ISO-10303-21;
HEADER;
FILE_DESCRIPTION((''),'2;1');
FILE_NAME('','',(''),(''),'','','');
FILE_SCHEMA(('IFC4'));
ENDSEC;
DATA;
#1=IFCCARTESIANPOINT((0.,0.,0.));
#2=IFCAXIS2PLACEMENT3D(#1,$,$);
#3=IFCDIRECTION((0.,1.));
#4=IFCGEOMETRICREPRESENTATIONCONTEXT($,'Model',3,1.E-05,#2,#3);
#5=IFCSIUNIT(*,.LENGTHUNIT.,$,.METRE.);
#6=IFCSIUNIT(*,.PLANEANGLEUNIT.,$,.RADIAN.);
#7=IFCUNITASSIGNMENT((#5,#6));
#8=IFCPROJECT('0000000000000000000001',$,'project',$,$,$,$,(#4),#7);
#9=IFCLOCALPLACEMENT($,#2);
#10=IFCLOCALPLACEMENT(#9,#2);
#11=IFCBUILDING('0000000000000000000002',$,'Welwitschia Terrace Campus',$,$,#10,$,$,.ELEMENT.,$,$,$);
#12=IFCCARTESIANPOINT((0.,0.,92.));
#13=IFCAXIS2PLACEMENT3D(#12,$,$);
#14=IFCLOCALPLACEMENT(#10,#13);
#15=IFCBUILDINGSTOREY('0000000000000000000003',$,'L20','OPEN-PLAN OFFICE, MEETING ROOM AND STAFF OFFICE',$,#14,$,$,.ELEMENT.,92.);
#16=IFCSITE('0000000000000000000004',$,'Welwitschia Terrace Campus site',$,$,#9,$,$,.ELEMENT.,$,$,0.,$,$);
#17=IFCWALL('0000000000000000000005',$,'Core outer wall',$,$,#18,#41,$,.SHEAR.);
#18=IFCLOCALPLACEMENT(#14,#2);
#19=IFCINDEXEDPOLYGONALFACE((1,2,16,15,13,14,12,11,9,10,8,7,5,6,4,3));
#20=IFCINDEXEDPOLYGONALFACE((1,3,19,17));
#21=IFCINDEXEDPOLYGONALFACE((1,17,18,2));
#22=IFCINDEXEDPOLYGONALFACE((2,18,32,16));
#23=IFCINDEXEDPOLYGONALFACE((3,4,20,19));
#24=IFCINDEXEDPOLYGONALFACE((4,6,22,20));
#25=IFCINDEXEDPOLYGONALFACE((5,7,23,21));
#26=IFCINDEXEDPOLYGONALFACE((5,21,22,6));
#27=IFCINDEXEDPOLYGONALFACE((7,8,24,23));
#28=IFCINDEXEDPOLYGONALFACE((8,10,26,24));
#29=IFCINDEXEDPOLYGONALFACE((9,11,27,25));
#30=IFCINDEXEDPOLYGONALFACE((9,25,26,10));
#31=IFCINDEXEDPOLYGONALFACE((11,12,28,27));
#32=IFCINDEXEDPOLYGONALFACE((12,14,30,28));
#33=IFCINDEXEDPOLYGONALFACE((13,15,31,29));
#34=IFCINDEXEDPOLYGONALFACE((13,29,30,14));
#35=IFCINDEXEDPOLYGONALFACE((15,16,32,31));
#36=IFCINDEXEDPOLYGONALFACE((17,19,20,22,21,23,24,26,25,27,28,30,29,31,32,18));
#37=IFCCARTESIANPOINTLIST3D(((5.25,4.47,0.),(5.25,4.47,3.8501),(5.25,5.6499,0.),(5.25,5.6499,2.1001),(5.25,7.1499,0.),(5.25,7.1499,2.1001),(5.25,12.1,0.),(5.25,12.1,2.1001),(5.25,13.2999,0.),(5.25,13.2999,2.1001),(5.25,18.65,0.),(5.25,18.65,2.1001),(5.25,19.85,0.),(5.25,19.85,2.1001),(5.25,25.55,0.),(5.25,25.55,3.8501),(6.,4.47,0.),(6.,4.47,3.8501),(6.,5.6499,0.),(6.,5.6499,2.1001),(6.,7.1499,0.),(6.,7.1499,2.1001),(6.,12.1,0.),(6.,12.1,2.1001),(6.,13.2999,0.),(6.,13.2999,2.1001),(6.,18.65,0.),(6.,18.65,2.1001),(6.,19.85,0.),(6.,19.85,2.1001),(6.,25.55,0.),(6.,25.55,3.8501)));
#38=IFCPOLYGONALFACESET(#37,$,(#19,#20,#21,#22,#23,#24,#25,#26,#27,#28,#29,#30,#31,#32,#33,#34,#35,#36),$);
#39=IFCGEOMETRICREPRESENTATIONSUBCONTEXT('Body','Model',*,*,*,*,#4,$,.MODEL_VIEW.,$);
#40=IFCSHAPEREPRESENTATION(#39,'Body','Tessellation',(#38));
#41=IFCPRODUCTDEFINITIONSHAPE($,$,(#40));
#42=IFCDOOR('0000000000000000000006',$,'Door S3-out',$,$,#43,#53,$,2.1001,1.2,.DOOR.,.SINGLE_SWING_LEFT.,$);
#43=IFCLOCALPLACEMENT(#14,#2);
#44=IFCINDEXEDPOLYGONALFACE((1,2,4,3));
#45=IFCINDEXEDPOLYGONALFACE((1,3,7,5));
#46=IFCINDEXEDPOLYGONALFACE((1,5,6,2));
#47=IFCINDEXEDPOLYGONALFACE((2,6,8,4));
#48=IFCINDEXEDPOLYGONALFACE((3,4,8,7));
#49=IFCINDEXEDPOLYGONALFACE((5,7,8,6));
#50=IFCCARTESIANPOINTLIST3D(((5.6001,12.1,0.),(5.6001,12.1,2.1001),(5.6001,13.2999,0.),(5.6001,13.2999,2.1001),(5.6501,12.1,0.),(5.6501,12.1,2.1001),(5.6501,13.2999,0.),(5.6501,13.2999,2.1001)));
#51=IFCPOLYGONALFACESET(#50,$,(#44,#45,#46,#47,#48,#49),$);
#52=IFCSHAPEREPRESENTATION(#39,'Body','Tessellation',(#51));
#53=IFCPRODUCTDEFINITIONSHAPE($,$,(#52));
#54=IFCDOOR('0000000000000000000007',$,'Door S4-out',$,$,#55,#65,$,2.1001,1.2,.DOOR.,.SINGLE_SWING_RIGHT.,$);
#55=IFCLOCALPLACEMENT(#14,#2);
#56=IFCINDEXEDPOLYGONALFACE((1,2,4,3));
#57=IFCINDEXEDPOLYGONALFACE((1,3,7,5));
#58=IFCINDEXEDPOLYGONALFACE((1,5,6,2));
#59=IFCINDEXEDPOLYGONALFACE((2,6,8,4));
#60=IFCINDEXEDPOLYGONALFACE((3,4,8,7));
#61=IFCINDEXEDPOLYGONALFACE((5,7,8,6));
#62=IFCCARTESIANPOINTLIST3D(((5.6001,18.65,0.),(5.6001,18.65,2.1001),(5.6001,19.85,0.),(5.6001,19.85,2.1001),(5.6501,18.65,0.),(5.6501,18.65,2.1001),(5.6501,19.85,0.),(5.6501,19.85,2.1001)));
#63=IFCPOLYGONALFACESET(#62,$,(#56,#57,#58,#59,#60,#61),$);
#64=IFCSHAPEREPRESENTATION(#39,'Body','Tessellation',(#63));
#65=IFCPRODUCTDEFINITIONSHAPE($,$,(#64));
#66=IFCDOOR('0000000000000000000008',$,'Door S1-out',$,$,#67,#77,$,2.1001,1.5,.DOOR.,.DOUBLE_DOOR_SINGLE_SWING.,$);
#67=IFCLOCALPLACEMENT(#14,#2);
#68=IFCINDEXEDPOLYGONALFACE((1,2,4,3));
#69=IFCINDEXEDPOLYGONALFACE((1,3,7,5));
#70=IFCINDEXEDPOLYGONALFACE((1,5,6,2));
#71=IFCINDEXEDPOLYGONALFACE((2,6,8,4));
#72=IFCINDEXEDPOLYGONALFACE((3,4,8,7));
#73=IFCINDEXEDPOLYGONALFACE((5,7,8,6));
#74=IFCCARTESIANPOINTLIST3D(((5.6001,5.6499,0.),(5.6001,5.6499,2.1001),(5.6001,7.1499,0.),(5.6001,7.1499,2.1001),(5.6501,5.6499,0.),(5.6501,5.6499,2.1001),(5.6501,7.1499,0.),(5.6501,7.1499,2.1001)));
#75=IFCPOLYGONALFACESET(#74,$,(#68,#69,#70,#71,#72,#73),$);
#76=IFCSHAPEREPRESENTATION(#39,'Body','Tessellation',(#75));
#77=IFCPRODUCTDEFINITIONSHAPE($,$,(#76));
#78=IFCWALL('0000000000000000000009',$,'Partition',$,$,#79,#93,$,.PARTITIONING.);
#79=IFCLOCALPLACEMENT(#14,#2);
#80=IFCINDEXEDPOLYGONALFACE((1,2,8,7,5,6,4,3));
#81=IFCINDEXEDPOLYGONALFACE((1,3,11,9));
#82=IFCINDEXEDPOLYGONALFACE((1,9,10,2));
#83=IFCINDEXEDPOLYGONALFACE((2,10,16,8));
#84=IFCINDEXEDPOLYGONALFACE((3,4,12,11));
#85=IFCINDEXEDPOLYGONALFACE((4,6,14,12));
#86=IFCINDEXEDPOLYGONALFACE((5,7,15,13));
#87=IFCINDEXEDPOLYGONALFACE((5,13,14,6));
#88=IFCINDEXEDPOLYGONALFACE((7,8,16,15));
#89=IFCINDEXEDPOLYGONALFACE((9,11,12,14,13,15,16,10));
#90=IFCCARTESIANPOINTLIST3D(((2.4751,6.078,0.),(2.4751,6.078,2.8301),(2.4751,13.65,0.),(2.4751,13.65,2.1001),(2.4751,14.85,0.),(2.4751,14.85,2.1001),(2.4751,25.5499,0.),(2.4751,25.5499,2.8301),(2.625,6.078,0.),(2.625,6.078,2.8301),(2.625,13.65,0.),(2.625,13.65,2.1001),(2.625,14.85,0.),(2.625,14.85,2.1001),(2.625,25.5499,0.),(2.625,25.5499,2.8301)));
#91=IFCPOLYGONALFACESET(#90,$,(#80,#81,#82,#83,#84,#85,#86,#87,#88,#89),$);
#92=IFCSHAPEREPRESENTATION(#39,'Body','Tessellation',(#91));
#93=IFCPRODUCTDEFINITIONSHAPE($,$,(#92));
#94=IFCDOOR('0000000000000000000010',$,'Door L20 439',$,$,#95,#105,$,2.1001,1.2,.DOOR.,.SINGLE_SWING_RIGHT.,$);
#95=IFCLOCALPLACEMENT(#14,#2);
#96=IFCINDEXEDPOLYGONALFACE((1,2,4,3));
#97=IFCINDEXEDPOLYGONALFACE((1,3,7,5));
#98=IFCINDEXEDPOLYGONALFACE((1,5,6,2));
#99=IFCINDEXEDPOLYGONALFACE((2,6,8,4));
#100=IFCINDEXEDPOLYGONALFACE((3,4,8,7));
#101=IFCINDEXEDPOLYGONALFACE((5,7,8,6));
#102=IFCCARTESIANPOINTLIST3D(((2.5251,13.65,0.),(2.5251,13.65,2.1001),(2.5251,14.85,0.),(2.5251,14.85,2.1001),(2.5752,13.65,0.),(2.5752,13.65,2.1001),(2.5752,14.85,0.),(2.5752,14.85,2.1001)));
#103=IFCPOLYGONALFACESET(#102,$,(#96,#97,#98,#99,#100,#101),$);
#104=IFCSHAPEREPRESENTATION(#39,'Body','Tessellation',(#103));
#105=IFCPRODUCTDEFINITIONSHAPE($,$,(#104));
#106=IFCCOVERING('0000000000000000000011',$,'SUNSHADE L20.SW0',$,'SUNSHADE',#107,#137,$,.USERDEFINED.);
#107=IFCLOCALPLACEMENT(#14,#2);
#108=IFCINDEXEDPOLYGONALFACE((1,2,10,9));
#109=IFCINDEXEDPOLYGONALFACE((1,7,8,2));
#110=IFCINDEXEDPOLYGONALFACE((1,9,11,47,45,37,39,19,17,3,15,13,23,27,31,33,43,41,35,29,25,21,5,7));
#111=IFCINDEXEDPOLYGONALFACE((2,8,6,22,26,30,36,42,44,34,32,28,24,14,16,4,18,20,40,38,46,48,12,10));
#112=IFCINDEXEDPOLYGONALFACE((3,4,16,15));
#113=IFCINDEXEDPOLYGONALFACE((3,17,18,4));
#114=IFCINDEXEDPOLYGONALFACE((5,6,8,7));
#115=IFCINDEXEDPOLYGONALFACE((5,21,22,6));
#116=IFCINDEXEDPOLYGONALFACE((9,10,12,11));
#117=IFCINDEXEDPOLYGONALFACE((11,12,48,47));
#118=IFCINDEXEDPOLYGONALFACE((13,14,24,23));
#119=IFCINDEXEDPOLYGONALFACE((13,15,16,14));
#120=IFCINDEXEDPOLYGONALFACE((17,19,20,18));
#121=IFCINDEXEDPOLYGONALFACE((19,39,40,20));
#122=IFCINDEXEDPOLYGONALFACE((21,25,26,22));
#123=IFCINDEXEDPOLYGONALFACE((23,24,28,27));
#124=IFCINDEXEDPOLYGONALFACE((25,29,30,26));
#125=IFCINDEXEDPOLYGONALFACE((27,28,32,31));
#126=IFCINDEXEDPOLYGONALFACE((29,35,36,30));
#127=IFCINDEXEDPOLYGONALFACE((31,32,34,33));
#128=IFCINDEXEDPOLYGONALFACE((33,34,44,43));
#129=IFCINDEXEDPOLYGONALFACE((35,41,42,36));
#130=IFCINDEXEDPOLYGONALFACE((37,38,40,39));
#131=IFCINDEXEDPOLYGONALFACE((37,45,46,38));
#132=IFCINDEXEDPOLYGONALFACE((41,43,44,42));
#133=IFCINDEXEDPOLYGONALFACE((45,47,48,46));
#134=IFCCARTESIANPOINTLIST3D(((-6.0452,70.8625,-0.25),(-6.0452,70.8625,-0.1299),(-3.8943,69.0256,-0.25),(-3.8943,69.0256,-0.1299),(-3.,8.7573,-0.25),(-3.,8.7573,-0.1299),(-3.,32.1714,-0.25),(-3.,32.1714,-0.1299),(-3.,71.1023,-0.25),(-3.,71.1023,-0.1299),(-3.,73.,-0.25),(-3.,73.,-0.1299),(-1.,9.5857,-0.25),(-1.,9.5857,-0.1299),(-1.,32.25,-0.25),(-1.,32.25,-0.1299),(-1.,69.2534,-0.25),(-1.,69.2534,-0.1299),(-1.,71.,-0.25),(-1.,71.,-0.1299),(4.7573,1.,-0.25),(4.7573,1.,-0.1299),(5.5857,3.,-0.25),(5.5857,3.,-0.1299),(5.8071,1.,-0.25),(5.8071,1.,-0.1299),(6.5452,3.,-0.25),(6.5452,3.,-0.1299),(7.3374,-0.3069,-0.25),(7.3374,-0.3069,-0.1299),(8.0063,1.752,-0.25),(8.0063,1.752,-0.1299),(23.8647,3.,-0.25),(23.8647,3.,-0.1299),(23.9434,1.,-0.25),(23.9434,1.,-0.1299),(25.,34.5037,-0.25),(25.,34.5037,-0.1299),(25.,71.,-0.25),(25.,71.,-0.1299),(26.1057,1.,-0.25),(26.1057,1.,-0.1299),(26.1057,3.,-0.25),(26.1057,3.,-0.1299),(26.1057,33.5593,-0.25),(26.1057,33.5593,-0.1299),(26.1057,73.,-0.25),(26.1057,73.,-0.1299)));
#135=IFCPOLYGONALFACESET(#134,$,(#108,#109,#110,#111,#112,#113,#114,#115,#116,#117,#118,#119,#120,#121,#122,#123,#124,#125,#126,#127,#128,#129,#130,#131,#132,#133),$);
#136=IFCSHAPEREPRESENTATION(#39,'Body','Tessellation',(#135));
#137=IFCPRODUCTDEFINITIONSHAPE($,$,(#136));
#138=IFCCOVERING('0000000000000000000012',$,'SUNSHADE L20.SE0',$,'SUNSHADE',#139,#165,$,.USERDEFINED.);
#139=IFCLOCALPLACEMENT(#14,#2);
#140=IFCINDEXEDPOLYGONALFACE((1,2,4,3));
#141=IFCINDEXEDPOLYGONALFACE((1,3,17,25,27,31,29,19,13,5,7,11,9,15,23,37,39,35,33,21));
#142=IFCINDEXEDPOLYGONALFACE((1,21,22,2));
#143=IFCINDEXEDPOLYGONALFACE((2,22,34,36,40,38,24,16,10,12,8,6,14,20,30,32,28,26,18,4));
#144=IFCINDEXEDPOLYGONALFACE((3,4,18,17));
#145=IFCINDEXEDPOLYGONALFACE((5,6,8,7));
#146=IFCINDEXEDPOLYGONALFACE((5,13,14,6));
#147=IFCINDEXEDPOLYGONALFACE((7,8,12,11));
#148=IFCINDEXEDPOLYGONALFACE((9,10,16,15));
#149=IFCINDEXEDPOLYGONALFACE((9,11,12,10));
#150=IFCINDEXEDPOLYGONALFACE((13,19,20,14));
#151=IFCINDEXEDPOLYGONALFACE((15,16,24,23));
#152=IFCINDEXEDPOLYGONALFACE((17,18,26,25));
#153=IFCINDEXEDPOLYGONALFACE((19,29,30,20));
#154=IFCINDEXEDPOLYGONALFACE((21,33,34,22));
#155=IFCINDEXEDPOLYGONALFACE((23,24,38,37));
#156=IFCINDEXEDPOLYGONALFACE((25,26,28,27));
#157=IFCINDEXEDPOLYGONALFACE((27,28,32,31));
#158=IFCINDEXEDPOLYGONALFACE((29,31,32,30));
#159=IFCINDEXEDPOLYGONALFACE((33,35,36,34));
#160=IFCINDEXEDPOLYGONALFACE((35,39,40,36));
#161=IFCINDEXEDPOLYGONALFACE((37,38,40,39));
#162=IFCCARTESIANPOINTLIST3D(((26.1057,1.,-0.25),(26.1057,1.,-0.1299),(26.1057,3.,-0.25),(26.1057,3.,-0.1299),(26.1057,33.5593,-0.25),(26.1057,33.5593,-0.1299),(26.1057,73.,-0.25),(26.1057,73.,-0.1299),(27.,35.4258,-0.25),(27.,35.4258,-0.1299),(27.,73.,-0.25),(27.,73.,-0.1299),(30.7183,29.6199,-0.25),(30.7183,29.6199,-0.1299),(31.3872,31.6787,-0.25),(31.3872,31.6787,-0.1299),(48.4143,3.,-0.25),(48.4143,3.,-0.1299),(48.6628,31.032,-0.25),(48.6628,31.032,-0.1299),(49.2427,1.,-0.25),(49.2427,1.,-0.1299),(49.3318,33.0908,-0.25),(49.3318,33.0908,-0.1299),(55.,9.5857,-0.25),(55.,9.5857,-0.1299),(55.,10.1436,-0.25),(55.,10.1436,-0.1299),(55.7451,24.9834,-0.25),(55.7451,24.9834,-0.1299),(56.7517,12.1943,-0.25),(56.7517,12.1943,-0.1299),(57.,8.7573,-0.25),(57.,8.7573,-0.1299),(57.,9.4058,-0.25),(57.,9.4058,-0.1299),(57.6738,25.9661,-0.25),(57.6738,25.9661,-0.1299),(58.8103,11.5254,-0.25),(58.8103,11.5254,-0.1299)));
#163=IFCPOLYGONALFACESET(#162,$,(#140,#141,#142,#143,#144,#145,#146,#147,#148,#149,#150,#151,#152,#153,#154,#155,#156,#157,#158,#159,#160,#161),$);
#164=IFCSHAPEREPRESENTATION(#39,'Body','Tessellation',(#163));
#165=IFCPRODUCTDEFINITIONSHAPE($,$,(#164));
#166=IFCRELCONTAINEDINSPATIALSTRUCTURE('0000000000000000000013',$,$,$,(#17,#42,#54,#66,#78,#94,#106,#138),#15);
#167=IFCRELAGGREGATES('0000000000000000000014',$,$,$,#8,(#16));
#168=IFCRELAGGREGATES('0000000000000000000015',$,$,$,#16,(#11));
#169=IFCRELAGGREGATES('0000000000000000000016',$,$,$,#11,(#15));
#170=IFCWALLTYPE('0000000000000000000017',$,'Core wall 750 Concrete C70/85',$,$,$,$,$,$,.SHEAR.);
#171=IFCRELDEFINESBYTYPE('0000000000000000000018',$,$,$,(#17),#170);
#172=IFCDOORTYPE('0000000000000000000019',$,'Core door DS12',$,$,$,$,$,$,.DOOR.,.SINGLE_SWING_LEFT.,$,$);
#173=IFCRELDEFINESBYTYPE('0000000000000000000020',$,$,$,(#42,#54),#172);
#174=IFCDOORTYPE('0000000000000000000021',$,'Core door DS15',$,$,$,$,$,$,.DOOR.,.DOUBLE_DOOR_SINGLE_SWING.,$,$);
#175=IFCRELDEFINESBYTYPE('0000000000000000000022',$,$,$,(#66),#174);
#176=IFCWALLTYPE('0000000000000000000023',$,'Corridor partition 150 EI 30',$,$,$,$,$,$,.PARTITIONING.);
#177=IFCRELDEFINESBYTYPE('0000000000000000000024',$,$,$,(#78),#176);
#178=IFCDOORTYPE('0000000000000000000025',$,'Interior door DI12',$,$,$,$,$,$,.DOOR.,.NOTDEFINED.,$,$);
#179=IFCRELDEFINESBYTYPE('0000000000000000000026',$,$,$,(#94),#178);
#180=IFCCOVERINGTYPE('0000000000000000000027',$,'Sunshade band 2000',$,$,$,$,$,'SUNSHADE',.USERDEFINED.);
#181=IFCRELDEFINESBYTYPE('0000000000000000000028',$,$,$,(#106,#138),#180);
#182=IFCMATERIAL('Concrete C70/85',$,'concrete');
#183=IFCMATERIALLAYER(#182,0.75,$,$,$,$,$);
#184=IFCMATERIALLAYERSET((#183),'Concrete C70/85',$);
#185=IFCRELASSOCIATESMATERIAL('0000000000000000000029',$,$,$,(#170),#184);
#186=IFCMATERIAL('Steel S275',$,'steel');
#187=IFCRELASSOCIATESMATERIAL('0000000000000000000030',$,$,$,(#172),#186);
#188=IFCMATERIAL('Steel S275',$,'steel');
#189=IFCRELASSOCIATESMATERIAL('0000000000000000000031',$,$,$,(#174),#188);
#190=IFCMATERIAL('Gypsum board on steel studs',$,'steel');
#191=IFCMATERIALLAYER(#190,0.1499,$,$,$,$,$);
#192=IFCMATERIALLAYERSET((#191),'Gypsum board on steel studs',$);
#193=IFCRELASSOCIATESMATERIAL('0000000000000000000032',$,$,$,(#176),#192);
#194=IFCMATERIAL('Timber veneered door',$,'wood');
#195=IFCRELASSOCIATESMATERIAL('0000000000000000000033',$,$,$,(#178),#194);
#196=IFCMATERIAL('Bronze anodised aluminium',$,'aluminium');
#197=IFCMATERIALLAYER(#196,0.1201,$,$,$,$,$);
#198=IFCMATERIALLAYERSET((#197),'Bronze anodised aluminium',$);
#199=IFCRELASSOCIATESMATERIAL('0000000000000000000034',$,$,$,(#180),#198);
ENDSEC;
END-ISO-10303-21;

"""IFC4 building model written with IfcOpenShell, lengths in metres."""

from ifc_helpers import new_model, si_unit, direction, frame, frame_2d, origin, place, context, subcontext, project, spatial, polyline, rectangle, outline, extrude, material, layer, layer_set, type_object, element, fill, save


model = new_model("IFC4")

# Units and contexts
model_context = context("Model", 3, precision=1e-05, world=origin(), true_north=direction((0.0, 1.0)))
body_context = subcontext(model_context, "Body", "Model", "MODEL_VIEW")
ifc_project = project(units=[si_unit("LENGTHUNIT", "METRE"), si_unit("PLANEANGLEUNIT", "RADIAN")], contexts=[model_context])

# Site, building, storey
site_placement = place(None, origin())
site = spatial("IfcSite", under=ifc_project, at=site_placement, Name="Welwitschia Terrace Campus site", CompositionType="ELEMENT", RefElevation=0.0)
building_placement = place(site_placement, origin())
building = spatial("IfcBuilding", under=site, at=building_placement, Name="Welwitschia Terrace Campus", CompositionType="ELEMENT")
storey_placement = place(building_placement, frame((0.0, 0.0, 92.0)))
storey = spatial("IfcBuildingStorey", under=building, at=storey_placement, Name="L20", Description="OPEN-PLAN OFFICE, MEETING ROOM AND STAFF OFFICE", CompositionType="ELEMENT", Elevation=92.0)

# Wall, openings, doors
ifc_material_1 = material(Name="Concrete C70/85", Category="concrete")
ifc_layer_1 = layer(ifc_material_1, 0.75)
ifc_layer_set_1 = layer_set([ifc_layer_1], Name="Concrete C70/85")
wall_type_1 = type_object("IfcWallType", Name="Core wall 750 Concrete C70/85", PredefinedType="SHEAR", material=ifc_layer_set_1)
wall_1_placement = place(storey_placement, frame((5.625, 4.47, 0.0), z_axis=(0.0, 0.0, 1.0), x_axis=(0.0, 1.0, 0.0)))
wall_1 = element("IfcWall", 1, at=wall_1_placement, inside=storey, type_object=wall_type_1, Name="Core outer wall", PredefinedType="SHEAR", context=body_context, shape_type="SweptSolid", body=[
    extrude(rectangle(XDim=21.0801, YDim=0.75, at=frame_2d((10.54, 0.0))), origin(), (0.0, 0.0, 1.0), 3.8501),
])
opening_1_placement = place(wall_1_placement, frame((1.1799, 0.0, 0.0)))
opening_1 = element("IfcOpeningElement", 2, at=opening_1_placement, cuts=wall_1, PredefinedType="OPENING", context=body_context, shape_type="SweptSolid", body=[
    extrude(rectangle(XDim=1.5, YDim=2.1001, at=frame_2d((0.75, 1.05))), frame((0.0, 0.385, 0.0), z_axis=(0.0, -1.0, 0.0), x_axis=(1.0, 0.0, 0.0)), (0.0, 0.0, 1.0), 0.77),
])
opening_2_placement = place(wall_1_placement, frame((7.6299, 0.0, 0.0)))
opening_2 = element("IfcOpeningElement", 3, at=opening_2_placement, cuts=wall_1, PredefinedType="OPENING", context=body_context, shape_type="SweptSolid", body=[
    extrude(rectangle(XDim=1.2, YDim=2.1001, at=frame_2d((0.6001, 1.05))), frame((0.0, 0.385, 0.0), z_axis=(0.0, -1.0, 0.0), x_axis=(1.0, 0.0, 0.0)), (0.0, 0.0, 1.0), 0.77),
])
opening_3_placement = place(wall_1_placement, frame((14.1799, 0.0, 0.0)))
opening_3 = element("IfcOpeningElement", 4, at=opening_3_placement, cuts=wall_1, PredefinedType="OPENING", context=body_context, shape_type="SweptSolid", body=[
    extrude(rectangle(XDim=1.2, YDim=2.1001, at=frame_2d((0.6001, 1.05))), frame((0.0, 0.385, 0.0), z_axis=(0.0, -1.0, 0.0), x_axis=(1.0, 0.0, 0.0)), (0.0, 0.0, 1.0), 0.77),
])
ifc_material_2 = material(Name="Steel S275", Category="steel")
door_type_1 = type_object("IfcDoorType", Name="Core door DS12", OperationType="SINGLE_SWING_LEFT", PredefinedType="DOOR", material=ifc_material_2)
door_1_placement = place(opening_2_placement, origin())
door_1 = element("IfcDoor", 5, at=door_1_placement, inside=storey, type_object=door_type_1, Name="Door S3-out", OperationType="SINGLE_SWING_LEFT", OverallHeight=2.1001, OverallWidth=1.2, PredefinedType="DOOR", context=body_context, shape_type="SweptSolid", body=[
    extrude(rectangle(XDim=1.2, YDim=2.1001, at=frame_2d((0.6001, 1.05))), frame((0.0, 0.0249, 0.0), z_axis=(0.0, -1.0, 0.0), x_axis=(1.0, 0.0, 0.0)), (0.0, 0.0, 1.0), 0.05),
])
fill(opening_2, door_1)
door_2_placement = place(opening_3_placement, origin())
door_2 = element("IfcDoor", 6, at=door_2_placement, inside=storey, type_object=door_type_1, Name="Door S4-out", OperationType="SINGLE_SWING_RIGHT", OverallHeight=2.1001, OverallWidth=1.2, PredefinedType="DOOR", context=body_context, shape_type="SweptSolid", body=[
    extrude(rectangle(XDim=1.2, YDim=2.1001, at=frame_2d((0.6001, 1.05))), frame((0.0, 0.0249, 0.0), z_axis=(0.0, -1.0, 0.0), x_axis=(1.0, 0.0, 0.0)), (0.0, 0.0, 1.0), 0.05),
])
fill(opening_3, door_2)
ifc_material_3 = material(Name="Steel S275", Category="steel")
door_type_2 = type_object("IfcDoorType", Name="Core door DS15", OperationType="DOUBLE_DOOR_SINGLE_SWING", PredefinedType="DOOR", material=ifc_material_3)
door_3_placement = place(opening_1_placement, origin())
door_3 = element("IfcDoor", 7, at=door_3_placement, inside=storey, type_object=door_type_2, Name="Door S1-out", OperationType="DOUBLE_DOOR_SINGLE_SWING", OverallHeight=2.1001, OverallWidth=1.5, PredefinedType="DOOR", context=body_context, shape_type="SweptSolid", body=[
    extrude(rectangle(XDim=1.5, YDim=2.1001, at=frame_2d((0.75, 1.05))), frame((0.0, 0.0249, 0.0), z_axis=(0.0, -1.0, 0.0), x_axis=(1.0, 0.0, 0.0)), (0.0, 0.0, 1.0), 0.05),
])
fill(opening_1, door_3)

# Wall, opening, door
ifc_material_4 = material(Name="Gypsum board on steel studs", Category="steel")
ifc_layer_2 = layer(ifc_material_4, 0.1499)
ifc_layer_set_2 = layer_set([ifc_layer_2], Name="Gypsum board on steel studs")
wall_type_2 = type_object("IfcWallType", Name="Corridor partition 150 EI 30", PredefinedType="PARTITIONING", material=ifc_layer_set_2)
wall_2_placement = place(storey_placement, frame((2.55, 6.0781, 0.0), z_axis=(0.0, 0.0, 1.0), x_axis=(0.0, 1.0, 0.0)))
wall_2 = element("IfcWall", 8, at=wall_2_placement, inside=storey, type_object=wall_type_2, Name="Partition", PredefinedType="PARTITIONING", context=body_context, shape_type="SweptSolid", body=[
    extrude(rectangle(XDim=19.4719, YDim=0.1499, at=frame_2d((9.7358, 0.0))), origin(), (0.0, 0.0, 1.0), 2.8301),
])
opening_4_placement = place(wall_2_placement, frame((7.5718, 0.0, 0.0)))
opening_4 = element("IfcOpeningElement", 9, at=opening_4_placement, cuts=wall_2, PredefinedType="OPENING", context=body_context, shape_type="SweptSolid", body=[
    extrude(rectangle(XDim=1.2, YDim=2.1001, at=frame_2d((0.6001, 1.05))), frame((0.0, 0.085, 0.0), z_axis=(0.0, -1.0, 0.0), x_axis=(1.0, 0.0, 0.0)), (0.0, 0.0, 1.0), 0.1699),
])
ifc_material_5 = material(Name="Timber veneered door", Category="wood")
door_type_3 = type_object("IfcDoorType", Name="Interior door DI12", OperationType="NOTDEFINED", PredefinedType="DOOR", material=ifc_material_5)
door_4_placement = place(opening_4_placement, origin())
door_4 = element("IfcDoor", 10, at=door_4_placement, inside=storey, type_object=door_type_3, Name="Door L20 439", OperationType="SINGLE_SWING_RIGHT", OverallHeight=2.1001, OverallWidth=1.2, PredefinedType="DOOR", context=body_context, shape_type="SweptSolid", body=[
    extrude(rectangle(XDim=1.2, YDim=2.1001, at=frame_2d((0.6001, 1.05))), frame((0.0, 0.0249, 0.0), z_axis=(0.0, -1.0, 0.0), x_axis=(1.0, 0.0, 0.0)), (0.0, 0.0, 1.0), 0.05),
])
fill(opening_4, door_4)

# Coverings
ifc_material_6 = material(Name="Bronze anodised aluminium", Category="aluminium")
ifc_layer_3 = layer(ifc_material_6, 0.1201)
ifc_layer_set_3 = layer_set([ifc_layer_3], Name="Bronze anodised aluminium")
covering_type_1 = type_object("IfcCoveringType", Name="Sunshade band 2000", ElementType="SUNSHADE", PredefinedType="USERDEFINED", material=ifc_layer_set_3)
covering_1_placement = place(storey_placement, frame((0.0, 0.0, -0.25)))
element("IfcCovering", 11, at=covering_1_placement, inside=storey, type_object=covering_type_1, Name="SUNSHADE L20.SW0", ObjectType="SUNSHADE", PredefinedType="USERDEFINED", context=body_context, shape_type="SweptSolid", body=[
    extrude(outline(polyline([(-3.0, 73.0), (26.1057, 73.0), (26.1057, 33.5593), (25.0, 34.5037), (25.0, 71.0), (-1.0, 71.0), (-1.0, 69.2534), (-3.8943, 69.0256), (-1.0, 32.25), (-1.0, 9.5857), (5.5857, 3.0), (6.5452, 3.0), (8.0063, 1.752), (23.8647, 3.0), (26.1057, 3.0), (26.1057, 1.0), (23.9434, 1.0), (7.3374, -0.3069), (5.8071, 1.0), (4.7573, 1.0), (-3.0, 8.7573), (-3.0, 32.1714), (-6.0452, 70.8625), (-3.0, 71.1023), (-3.0, 73.0)])), origin(), (0.0, 0.0, 1.0), 0.1201),
])
covering_2_placement = place(storey_placement, frame((0.0, 0.0, -0.25)))
element("IfcCovering", 12, at=covering_2_placement, inside=storey, type_object=covering_type_1, Name="SUNSHADE L20.SE0", ObjectType="SUNSHADE", PredefinedType="USERDEFINED", context=body_context, shape_type="SweptSolid", body=[
    extrude(outline(polyline([(27.0, 73.0), (27.0, 35.4258), (31.3872, 31.6787), (49.3318, 33.0908), (57.6738, 25.9661), (58.8103, 11.5254), (57.0, 9.4058), (57.0, 8.7573), (49.2427, 1.0), (26.1057, 1.0), (26.1057, 3.0), (48.4143, 3.0), (55.0, 9.5857), (55.0, 10.1436), (56.7517, 12.1943), (55.7451, 24.9834), (48.6628, 31.032), (30.7183, 29.6199), (26.1057, 33.5593), (26.1057, 73.0), (27.0, 73.0)])), origin(), (0.0, 0.0, 1.0), 0.1201),
])

save(model, "model.ifc")
